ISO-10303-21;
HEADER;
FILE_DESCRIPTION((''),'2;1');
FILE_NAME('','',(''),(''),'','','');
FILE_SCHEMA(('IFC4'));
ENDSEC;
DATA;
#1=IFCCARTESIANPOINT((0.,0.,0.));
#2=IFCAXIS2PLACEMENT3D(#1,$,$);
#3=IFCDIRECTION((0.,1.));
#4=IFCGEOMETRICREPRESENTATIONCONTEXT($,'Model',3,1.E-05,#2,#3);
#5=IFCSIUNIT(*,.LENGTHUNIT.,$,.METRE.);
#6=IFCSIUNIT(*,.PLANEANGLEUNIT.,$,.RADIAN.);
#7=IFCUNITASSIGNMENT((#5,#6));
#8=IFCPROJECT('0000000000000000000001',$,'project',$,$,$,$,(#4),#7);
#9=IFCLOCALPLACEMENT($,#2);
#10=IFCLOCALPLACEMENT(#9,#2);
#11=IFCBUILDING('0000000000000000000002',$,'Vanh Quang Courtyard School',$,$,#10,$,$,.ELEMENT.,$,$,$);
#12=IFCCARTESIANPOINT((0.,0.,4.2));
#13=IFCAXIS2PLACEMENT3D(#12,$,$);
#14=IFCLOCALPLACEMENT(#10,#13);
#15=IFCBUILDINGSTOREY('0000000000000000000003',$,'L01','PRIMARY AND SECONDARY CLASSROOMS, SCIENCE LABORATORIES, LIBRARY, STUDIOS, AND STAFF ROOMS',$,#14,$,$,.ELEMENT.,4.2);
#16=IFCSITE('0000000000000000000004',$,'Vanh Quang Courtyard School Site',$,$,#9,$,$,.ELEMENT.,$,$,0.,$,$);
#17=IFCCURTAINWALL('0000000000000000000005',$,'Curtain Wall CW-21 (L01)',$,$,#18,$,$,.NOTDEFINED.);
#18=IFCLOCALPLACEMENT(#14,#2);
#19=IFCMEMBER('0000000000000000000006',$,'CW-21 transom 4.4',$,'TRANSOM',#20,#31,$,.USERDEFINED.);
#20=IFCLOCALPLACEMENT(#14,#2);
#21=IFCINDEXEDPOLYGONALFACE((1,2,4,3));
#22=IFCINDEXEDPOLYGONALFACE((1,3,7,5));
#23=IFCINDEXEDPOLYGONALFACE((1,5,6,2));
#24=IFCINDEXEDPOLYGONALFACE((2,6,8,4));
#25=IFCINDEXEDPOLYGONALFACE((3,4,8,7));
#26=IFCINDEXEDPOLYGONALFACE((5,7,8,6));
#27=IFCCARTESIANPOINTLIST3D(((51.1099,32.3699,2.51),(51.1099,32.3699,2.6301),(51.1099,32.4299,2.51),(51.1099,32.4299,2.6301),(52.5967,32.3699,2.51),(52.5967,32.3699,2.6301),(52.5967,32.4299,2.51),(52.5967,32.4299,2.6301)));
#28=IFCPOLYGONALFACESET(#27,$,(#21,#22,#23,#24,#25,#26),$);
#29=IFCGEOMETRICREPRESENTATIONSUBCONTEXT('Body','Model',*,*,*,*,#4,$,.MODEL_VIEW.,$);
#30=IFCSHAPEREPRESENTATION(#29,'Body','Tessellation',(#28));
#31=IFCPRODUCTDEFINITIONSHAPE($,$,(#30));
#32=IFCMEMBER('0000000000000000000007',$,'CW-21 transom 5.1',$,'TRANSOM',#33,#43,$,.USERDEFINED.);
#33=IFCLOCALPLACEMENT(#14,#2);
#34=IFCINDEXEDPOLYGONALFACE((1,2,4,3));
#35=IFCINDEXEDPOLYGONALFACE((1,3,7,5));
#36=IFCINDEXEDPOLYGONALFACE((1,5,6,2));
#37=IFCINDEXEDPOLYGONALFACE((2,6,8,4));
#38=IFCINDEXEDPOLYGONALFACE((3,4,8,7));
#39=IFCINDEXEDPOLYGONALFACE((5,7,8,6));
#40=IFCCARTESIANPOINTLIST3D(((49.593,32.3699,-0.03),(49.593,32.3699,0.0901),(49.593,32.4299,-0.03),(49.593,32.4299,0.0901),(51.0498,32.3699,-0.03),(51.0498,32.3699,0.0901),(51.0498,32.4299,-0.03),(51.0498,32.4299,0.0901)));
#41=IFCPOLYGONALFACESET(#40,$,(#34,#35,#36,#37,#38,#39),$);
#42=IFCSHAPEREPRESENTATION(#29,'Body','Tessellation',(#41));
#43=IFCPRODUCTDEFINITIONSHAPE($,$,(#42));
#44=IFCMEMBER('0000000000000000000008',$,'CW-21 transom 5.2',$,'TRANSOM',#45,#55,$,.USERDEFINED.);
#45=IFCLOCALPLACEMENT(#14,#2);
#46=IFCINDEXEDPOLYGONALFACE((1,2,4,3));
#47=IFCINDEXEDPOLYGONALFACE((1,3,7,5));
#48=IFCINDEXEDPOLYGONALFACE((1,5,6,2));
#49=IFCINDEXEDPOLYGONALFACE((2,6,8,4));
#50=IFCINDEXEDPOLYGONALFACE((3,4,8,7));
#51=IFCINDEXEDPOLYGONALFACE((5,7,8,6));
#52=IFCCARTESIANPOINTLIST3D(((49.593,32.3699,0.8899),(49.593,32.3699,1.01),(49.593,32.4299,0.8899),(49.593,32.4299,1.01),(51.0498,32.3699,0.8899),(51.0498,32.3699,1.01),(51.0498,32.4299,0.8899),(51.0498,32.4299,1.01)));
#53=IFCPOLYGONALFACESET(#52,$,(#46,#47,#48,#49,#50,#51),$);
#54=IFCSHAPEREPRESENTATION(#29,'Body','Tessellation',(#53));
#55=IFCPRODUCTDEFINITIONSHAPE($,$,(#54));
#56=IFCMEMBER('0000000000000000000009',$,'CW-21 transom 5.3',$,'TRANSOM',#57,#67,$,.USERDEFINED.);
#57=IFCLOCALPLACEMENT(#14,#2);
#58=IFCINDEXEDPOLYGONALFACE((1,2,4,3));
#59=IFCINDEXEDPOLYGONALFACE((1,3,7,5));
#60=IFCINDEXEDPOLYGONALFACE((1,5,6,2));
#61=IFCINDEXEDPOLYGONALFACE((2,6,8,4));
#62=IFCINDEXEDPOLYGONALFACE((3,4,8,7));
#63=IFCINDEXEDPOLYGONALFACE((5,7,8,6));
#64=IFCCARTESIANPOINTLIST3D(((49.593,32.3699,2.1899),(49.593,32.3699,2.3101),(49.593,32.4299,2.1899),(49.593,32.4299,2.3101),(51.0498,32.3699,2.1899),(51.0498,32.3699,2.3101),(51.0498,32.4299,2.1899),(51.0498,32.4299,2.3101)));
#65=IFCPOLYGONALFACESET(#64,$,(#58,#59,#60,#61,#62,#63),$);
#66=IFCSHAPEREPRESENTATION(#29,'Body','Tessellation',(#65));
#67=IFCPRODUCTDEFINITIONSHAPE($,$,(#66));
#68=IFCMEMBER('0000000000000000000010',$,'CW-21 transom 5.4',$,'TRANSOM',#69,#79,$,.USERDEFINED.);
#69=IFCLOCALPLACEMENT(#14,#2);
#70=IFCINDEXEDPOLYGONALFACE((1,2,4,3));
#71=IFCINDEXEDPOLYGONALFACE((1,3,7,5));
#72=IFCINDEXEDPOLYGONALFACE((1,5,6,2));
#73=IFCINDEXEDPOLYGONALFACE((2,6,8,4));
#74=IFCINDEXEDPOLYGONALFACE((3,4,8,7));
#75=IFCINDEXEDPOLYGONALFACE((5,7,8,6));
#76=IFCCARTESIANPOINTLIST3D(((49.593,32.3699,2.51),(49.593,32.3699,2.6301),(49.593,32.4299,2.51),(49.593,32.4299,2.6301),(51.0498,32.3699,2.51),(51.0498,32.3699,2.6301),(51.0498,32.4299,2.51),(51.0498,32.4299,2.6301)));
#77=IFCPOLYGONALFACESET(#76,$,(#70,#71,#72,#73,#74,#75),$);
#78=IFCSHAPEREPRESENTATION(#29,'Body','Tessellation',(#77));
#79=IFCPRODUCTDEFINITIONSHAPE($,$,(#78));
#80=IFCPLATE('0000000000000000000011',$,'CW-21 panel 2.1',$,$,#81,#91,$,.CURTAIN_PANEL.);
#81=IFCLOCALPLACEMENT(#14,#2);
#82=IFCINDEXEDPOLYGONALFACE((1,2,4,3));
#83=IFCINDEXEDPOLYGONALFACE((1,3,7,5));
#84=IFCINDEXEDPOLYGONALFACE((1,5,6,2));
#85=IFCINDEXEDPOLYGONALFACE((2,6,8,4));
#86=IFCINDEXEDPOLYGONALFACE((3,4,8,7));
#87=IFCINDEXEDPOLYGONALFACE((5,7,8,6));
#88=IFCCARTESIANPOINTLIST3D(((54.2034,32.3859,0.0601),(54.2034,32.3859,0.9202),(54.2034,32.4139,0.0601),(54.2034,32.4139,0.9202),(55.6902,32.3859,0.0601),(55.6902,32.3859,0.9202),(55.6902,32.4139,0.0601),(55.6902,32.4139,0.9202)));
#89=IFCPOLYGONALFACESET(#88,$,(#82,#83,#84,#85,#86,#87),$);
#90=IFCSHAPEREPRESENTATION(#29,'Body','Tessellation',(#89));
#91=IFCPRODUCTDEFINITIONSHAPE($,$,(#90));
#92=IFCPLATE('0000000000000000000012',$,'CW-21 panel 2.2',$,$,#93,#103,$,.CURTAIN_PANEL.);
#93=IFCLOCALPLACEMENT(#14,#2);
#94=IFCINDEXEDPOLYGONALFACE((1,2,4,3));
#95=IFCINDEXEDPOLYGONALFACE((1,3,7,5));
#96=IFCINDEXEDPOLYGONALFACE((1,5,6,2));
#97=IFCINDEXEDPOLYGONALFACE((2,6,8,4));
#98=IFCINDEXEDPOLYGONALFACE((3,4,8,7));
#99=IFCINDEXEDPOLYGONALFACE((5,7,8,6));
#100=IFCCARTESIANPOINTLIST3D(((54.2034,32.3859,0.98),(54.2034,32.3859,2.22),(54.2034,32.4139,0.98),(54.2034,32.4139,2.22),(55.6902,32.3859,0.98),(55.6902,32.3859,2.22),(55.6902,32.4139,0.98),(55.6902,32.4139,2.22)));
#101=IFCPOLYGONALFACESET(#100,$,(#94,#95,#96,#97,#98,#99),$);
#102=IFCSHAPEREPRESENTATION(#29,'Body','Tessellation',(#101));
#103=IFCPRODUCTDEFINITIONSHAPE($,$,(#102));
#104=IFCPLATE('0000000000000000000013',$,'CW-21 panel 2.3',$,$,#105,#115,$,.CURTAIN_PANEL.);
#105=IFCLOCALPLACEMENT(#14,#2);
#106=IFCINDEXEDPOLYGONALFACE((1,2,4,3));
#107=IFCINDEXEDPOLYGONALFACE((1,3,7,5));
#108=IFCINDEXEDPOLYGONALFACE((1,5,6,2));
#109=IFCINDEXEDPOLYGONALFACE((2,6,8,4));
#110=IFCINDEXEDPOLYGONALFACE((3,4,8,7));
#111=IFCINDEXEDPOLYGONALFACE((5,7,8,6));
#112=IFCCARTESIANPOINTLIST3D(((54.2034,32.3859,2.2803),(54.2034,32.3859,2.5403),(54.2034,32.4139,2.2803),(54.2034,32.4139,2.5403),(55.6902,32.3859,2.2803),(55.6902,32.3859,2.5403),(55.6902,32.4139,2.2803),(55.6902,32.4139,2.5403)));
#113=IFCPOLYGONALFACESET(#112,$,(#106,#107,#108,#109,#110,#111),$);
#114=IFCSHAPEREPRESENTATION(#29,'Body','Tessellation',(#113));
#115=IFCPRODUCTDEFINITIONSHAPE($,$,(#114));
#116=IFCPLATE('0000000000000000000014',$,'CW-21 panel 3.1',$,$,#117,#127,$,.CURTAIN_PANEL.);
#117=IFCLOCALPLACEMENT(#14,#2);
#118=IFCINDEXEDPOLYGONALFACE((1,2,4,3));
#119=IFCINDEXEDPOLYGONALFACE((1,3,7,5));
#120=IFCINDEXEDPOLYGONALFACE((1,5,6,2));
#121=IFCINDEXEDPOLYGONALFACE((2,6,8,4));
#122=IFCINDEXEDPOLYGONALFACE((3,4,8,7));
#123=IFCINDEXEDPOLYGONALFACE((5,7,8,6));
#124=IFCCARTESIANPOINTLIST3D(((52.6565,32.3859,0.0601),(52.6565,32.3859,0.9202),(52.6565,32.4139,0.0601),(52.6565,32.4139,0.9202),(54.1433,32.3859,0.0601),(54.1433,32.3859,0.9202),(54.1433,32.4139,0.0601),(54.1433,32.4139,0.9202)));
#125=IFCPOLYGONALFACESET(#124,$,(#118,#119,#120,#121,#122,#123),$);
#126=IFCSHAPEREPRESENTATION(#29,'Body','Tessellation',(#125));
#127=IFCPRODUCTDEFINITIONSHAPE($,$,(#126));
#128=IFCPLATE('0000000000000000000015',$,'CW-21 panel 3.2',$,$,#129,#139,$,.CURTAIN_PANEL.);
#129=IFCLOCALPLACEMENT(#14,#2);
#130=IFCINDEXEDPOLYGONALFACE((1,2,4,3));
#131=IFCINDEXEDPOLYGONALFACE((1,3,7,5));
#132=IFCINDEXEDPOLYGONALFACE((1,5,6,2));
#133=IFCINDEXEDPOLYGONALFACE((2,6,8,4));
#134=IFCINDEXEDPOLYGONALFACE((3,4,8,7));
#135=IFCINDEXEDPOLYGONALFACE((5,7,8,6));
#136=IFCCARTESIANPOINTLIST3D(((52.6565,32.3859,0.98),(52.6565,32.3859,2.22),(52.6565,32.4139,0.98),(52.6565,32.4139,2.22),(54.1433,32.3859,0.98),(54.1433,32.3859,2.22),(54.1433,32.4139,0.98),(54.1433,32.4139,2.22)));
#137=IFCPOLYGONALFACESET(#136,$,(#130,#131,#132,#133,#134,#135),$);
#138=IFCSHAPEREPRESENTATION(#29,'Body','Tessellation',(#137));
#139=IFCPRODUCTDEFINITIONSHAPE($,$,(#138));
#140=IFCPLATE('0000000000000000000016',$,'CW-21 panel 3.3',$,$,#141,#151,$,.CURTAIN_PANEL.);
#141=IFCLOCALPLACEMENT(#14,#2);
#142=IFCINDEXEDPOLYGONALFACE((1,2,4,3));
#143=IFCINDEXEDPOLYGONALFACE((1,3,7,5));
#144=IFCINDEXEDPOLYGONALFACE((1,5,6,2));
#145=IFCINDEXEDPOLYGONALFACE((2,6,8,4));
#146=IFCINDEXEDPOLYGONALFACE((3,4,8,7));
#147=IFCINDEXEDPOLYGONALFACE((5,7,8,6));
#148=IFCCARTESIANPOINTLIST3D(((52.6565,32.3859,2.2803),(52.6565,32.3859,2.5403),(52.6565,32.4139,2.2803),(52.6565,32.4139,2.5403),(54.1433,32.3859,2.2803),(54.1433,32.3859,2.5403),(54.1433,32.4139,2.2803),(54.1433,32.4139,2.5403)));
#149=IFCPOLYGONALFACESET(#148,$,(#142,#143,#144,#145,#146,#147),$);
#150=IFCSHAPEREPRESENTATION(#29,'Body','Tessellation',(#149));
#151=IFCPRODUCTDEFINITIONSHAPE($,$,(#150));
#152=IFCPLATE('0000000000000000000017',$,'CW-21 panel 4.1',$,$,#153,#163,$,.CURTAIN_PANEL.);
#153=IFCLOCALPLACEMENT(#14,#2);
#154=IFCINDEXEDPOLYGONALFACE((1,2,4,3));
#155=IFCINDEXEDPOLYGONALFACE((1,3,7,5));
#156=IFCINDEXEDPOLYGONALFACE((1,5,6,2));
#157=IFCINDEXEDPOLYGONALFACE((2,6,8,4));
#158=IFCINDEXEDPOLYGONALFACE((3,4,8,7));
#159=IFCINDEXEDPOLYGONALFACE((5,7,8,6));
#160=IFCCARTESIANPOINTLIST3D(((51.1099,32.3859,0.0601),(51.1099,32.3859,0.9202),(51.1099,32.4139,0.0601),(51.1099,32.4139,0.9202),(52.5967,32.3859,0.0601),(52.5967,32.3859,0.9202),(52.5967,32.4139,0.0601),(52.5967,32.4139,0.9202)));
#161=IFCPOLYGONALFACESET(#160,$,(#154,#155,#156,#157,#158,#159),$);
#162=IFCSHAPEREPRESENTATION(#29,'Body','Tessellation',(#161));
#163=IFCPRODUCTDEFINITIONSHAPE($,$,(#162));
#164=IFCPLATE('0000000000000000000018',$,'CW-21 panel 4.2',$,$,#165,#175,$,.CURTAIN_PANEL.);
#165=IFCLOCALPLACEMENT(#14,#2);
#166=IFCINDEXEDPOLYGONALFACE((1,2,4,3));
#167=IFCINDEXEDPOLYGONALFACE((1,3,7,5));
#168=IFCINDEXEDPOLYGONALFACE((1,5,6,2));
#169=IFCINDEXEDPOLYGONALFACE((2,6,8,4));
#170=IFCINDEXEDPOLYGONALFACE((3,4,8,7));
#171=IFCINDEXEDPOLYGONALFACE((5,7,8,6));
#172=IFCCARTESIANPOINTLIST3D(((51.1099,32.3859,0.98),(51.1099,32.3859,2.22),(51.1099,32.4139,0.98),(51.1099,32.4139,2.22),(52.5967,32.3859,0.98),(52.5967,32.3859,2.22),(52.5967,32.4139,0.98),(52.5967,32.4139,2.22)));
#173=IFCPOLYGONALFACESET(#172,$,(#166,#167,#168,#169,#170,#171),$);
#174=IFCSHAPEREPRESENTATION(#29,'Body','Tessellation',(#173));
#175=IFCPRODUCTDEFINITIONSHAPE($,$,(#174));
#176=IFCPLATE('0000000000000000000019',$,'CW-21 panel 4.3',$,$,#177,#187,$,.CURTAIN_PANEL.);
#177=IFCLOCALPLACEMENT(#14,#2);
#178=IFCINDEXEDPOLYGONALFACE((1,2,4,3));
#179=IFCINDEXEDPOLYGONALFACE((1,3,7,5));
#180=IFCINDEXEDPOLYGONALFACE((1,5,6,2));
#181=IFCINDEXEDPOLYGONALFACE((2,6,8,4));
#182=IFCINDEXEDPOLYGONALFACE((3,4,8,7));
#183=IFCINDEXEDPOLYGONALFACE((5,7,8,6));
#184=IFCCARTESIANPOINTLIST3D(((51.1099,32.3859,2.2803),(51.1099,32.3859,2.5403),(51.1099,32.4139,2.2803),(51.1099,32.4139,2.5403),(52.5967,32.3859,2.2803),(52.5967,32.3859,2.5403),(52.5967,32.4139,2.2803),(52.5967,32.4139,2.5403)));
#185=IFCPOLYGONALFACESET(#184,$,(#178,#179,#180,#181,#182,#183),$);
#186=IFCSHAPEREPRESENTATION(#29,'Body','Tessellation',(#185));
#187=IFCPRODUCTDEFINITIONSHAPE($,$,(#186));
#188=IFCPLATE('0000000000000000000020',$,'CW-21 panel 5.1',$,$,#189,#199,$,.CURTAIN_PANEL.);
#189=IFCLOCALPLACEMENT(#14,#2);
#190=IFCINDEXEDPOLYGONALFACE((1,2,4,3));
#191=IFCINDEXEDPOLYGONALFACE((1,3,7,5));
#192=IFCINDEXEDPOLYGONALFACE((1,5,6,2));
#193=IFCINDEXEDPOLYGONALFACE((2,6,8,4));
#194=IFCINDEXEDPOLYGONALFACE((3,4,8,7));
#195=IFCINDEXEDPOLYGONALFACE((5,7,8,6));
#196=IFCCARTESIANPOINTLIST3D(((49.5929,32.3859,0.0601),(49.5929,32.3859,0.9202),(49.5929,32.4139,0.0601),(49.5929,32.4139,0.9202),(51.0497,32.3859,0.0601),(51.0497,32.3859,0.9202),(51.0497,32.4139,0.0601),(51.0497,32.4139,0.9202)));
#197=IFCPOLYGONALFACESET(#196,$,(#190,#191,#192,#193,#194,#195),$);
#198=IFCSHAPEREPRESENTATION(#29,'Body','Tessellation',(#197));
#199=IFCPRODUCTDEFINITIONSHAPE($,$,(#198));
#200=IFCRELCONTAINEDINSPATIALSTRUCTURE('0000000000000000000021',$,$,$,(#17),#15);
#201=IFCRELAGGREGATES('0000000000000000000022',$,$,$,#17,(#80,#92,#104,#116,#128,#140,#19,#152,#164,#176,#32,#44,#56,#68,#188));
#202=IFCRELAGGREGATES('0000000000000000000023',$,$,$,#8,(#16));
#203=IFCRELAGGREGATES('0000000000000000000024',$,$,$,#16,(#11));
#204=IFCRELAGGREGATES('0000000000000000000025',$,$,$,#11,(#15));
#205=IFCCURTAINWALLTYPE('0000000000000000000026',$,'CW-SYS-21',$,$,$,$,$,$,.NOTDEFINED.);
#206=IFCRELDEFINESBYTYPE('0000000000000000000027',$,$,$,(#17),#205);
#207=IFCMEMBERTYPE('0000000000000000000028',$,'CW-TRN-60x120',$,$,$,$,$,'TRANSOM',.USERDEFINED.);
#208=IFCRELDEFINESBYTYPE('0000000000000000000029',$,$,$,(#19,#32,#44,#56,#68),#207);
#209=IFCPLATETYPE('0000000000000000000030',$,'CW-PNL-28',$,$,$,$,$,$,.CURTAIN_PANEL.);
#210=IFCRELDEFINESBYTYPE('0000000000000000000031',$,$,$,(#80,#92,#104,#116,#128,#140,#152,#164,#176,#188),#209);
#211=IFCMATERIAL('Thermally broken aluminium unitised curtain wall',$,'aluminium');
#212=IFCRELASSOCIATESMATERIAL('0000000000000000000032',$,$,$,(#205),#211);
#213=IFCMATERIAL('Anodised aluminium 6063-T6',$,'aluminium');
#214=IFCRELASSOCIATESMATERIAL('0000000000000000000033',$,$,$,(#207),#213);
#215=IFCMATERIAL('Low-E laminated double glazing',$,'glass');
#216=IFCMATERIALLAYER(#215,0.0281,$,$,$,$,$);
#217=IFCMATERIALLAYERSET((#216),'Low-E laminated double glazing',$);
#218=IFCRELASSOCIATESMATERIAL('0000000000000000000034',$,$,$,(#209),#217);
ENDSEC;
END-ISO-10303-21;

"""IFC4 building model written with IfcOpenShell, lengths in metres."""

from ifc_helpers import new_model, si_unit, direction, frame, origin, origin_2d, place, context, subcontext, project, spatial, rectangle, extrude, material, layer, layer_set, material_profile, profile_set, type_object, element, aggregate, save


model = new_model("IFC4")

# Units and contexts
model_context = context("Model", 3, precision=1e-05, world=origin(), true_north=direction((0.0, 1.0)))
body_context = subcontext(model_context, "Body", "Model", "MODEL_VIEW")
ifc_project = project(units=[si_unit("LENGTHUNIT", "METRE"), si_unit("PLANEANGLEUNIT", "RADIAN")], contexts=[model_context])

# Site, building, storey
site_placement = place(None, origin())
site = spatial("IfcSite", under=ifc_project, at=site_placement, Name="Vanh Quang Courtyard School Site", CompositionType="ELEMENT", RefElevation=0.0)
building_placement = place(site_placement, origin())
building = spatial("IfcBuilding", under=site, at=building_placement, Name="Vanh Quang Courtyard School", CompositionType="ELEMENT")
storey_placement = place(building_placement, frame((0.0, 0.0, 4.2)))
storey = spatial("IfcBuildingStorey", under=building, at=storey_placement, Name="L01", Description="PRIMARY AND SECONDARY CLASSROOMS, SCIENCE LABORATORIES, LIBRARY, STUDIOS, AND STAFF ROOMS", CompositionType="ELEMENT", Elevation=4.2)

# Curtain wall, members, plates
ifc_material_1 = material(Name="Thermally broken aluminium unitised curtain wall", Category="aluminium")
curtain_wall_type = type_object("IfcCurtainWallType", Name="CW-SYS-21", PredefinedType="NOTDEFINED", material=ifc_material_1)
curtain_wall_placement = place(storey_placement, origin())
curtain_wall = element("IfcCurtainWall", 1, at=curtain_wall_placement, inside=storey, type_object=curtain_wall_type, Name="Curtain Wall CW-21 (L01)", PredefinedType="NOTDEFINED")
ifc_material_2 = material(Name="Anodised aluminium 6063-T6", Category="aluminium")
ifc_material_profile_1 = material_profile(ifc_material_2, rectangle(XDim=0.0601, YDim=0.1201, at=origin_2d()), Name="ALU-TRN 60x120")
ifc_profile_set_1 = profile_set([ifc_material_profile_1], Name="Anodised aluminium 6063-T6")
member_type_1 = type_object("IfcMemberType", Name="CW-TRN-60x120", ElementType="TRANSOM", PredefinedType="USERDEFINED", material=ifc_profile_set_1)
member_1_placement = place(storey_placement, frame((52.5967, 32.3999, 2.5701), z_axis=(-1.0, 0.0, 0.0), x_axis=(0.0, -1.0, 0.0)))
member_1 = element("IfcMember", 2, at=member_1_placement, type_object=member_type_1, Name="CW-21 transom 4.4", ObjectType="TRANSOM", PredefinedType="USERDEFINED", context=body_context, shape_type="SweptSolid", body=[
    extrude(rectangle(XDim=0.0601, YDim=0.1201, at=origin_2d()), origin(), (0.0, 0.0, 1.0), 1.4868),
])
member_2_placement = place(storey_placement, frame((51.0498, 32.3999, 0.03), z_axis=(-1.0, 0.0, 0.0), x_axis=(0.0, -1.0, 0.0)))
member_2 = element("IfcMember", 3, at=member_2_placement, type_object=member_type_1, Name="CW-21 transom 5.1", ObjectType="TRANSOM", PredefinedType="USERDEFINED", context=body_context, shape_type="SweptSolid", body=[
    extrude(rectangle(XDim=0.0601, YDim=0.1201, at=origin_2d()), origin(), (0.0, 0.0, 1.0), 1.4568),
])
member_3_placement = place(storey_placement, frame((51.0498, 32.3999, 0.95), z_axis=(-1.0, 0.0, 0.0), x_axis=(0.0, -1.0, 0.0)))
member_3 = element("IfcMember", 4, at=member_3_placement, type_object=member_type_1, Name="CW-21 transom 5.2", ObjectType="TRANSOM", PredefinedType="USERDEFINED", context=body_context, shape_type="SweptSolid", body=[
    extrude(rectangle(XDim=0.0601, YDim=0.1201, at=origin_2d()), origin(), (0.0, 0.0, 1.0), 1.4568),
])
member_4_placement = place(storey_placement, frame((51.0498, 32.3999, 2.25), z_axis=(-1.0, 0.0, 0.0), x_axis=(0.0, -1.0, 0.0)))
member_4 = element("IfcMember", 5, at=member_4_placement, type_object=member_type_1, Name="CW-21 transom 5.3", ObjectType="TRANSOM", PredefinedType="USERDEFINED", context=body_context, shape_type="SweptSolid", body=[
    extrude(rectangle(XDim=0.0601, YDim=0.1201, at=origin_2d()), origin(), (0.0, 0.0, 1.0), 1.4568),
])
member_5_placement = place(storey_placement, frame((51.0498, 32.3999, 2.5701), z_axis=(-1.0, 0.0, 0.0), x_axis=(0.0, -1.0, 0.0)))
member_5 = element("IfcMember", 6, at=member_5_placement, type_object=member_type_1, Name="CW-21 transom 5.4", ObjectType="TRANSOM", PredefinedType="USERDEFINED", context=body_context, shape_type="SweptSolid", body=[
    extrude(rectangle(XDim=0.0601, YDim=0.1201, at=origin_2d()), origin(), (0.0, 0.0, 1.0), 1.4568),
])
ifc_material_3 = material(Name="Low-E laminated double glazing", Category="glass")
ifc_layer = layer(ifc_material_3, 0.0281)
ifc_layer_set = layer_set([ifc_layer], Name="Low-E laminated double glazing")
plate_type = type_object("IfcPlateType", Name="CW-PNL-28", PredefinedType="CURTAIN_PANEL", material=ifc_layer_set)
plate_1_placement = place(storey_placement, frame((54.9468, 32.3999, 0.0601), z_axis=(0.0, 0.0, 1.0), x_axis=(-1.0, 0.0, 0.0)))
plate_1 = element("IfcPlate", 7, at=plate_1_placement, type_object=plate_type, Name="CW-21 panel 2.1", PredefinedType="CURTAIN_PANEL", context=body_context, shape_type="SweptSolid", body=[
    extrude(rectangle(XDim=1.4868, YDim=0.0281, at=origin_2d()), origin(), (0.0, 0.0, 1.0), 0.8601),
])
plate_2_placement = place(storey_placement, frame((54.9468, 32.3999, 0.98), z_axis=(0.0, 0.0, 1.0), x_axis=(-1.0, 0.0, 0.0)))
plate_2 = element("IfcPlate", 8, at=plate_2_placement, type_object=plate_type, Name="CW-21 panel 2.2", PredefinedType="CURTAIN_PANEL", context=body_context, shape_type="SweptSolid", body=[
    extrude(rectangle(XDim=1.4868, YDim=0.0281, at=origin_2d()), origin(), (0.0, 0.0, 1.0), 1.24),
])
plate_3_placement = place(storey_placement, frame((54.9468, 32.3999, 2.2803), z_axis=(0.0, 0.0, 1.0), x_axis=(-1.0, 0.0, 0.0)))
plate_3 = element("IfcPlate", 9, at=plate_3_placement, type_object=plate_type, Name="CW-21 panel 2.3", PredefinedType="CURTAIN_PANEL", context=body_context, shape_type="SweptSolid", body=[
    extrude(rectangle(XDim=1.4868, YDim=0.0281, at=origin_2d()), origin(), (0.0, 0.0, 1.0), 0.26),
])
plate_4_placement = place(storey_placement, frame((53.3999, 32.3999, 0.0601), z_axis=(0.0, 0.0, 1.0), x_axis=(-1.0, 0.0, 0.0)))
plate_4 = element("IfcPlate", 10, at=plate_4_placement, type_object=plate_type, Name="CW-21 panel 3.1", PredefinedType="CURTAIN_PANEL", context=body_context, shape_type="SweptSolid", body=[
    extrude(rectangle(XDim=1.4868, YDim=0.0281, at=origin_2d()), origin(), (0.0, 0.0, 1.0), 0.8601),
])
plate_5_placement = place(storey_placement, frame((53.3999, 32.3999, 0.98), z_axis=(0.0, 0.0, 1.0), x_axis=(-1.0, 0.0, 0.0)))
plate_5 = element("IfcPlate", 11, at=plate_5_placement, type_object=plate_type, Name="CW-21 panel 3.2", PredefinedType="CURTAIN_PANEL", context=body_context, shape_type="SweptSolid", body=[
    extrude(rectangle(XDim=1.4868, YDim=0.0281, at=origin_2d()), origin(), (0.0, 0.0, 1.0), 1.24),
])
plate_6_placement = place(storey_placement, frame((53.3999, 32.3999, 2.2803), z_axis=(0.0, 0.0, 1.0), x_axis=(-1.0, 0.0, 0.0)))
plate_6 = element("IfcPlate", 12, at=plate_6_placement, type_object=plate_type, Name="CW-21 panel 3.3", PredefinedType="CURTAIN_PANEL", context=body_context, shape_type="SweptSolid", body=[
    extrude(rectangle(XDim=1.4868, YDim=0.0281, at=origin_2d()), origin(), (0.0, 0.0, 1.0), 0.26),
])
plate_7_placement = place(storey_placement, frame((51.8533, 32.3999, 0.0601), z_axis=(0.0, 0.0, 1.0), x_axis=(-1.0, 0.0, 0.0)))
plate_7 = element("IfcPlate", 13, at=plate_7_placement, type_object=plate_type, Name="CW-21 panel 4.1", PredefinedType="CURTAIN_PANEL", context=body_context, shape_type="SweptSolid", body=[
    extrude(rectangle(XDim=1.4868, YDim=0.0281, at=origin_2d()), origin(), (0.0, 0.0, 1.0), 0.8601),
])
plate_8_placement = place(storey_placement, frame((51.8533, 32.3999, 0.98), z_axis=(0.0, 0.0, 1.0), x_axis=(-1.0, 0.0, 0.0)))
plate_8 = element("IfcPlate", 14, at=plate_8_placement, type_object=plate_type, Name="CW-21 panel 4.2", PredefinedType="CURTAIN_PANEL", context=body_context, shape_type="SweptSolid", body=[
    extrude(rectangle(XDim=1.4868, YDim=0.0281, at=origin_2d()), origin(), (0.0, 0.0, 1.0), 1.24),
])
plate_9_placement = place(storey_placement, frame((51.8533, 32.3999, 2.2803), z_axis=(0.0, 0.0, 1.0), x_axis=(-1.0, 0.0, 0.0)))
plate_9 = element("IfcPlate", 15, at=plate_9_placement, type_object=plate_type, Name="CW-21 panel 4.3", PredefinedType="CURTAIN_PANEL", context=body_context, shape_type="SweptSolid", body=[
    extrude(rectangle(XDim=1.4868, YDim=0.0281, at=origin_2d()), origin(), (0.0, 0.0, 1.0), 0.26),
])
plate_10_placement = place(storey_placement, frame((50.3213, 32.3999, 0.0601), z_axis=(0.0, 0.0, 1.0), x_axis=(-1.0, 0.0, 0.0)))
plate_10 = element("IfcPlate", 16, at=plate_10_placement, type_object=plate_type, Name="CW-21 panel 5.1", PredefinedType="CURTAIN_PANEL", context=body_context, shape_type="SweptSolid", body=[
    extrude(rectangle(XDim=1.4568, YDim=0.0281, at=origin_2d()), origin(), (0.0, 0.0, 1.0), 0.8601),
])
aggregate(curtain_wall, [plate_1, plate_2, plate_3, plate_4, plate_5, plate_6, member_1, plate_7, plate_8, plate_9, member_2, member_3, member_4, member_5, plate_10])

save(model, "model.ifc")
